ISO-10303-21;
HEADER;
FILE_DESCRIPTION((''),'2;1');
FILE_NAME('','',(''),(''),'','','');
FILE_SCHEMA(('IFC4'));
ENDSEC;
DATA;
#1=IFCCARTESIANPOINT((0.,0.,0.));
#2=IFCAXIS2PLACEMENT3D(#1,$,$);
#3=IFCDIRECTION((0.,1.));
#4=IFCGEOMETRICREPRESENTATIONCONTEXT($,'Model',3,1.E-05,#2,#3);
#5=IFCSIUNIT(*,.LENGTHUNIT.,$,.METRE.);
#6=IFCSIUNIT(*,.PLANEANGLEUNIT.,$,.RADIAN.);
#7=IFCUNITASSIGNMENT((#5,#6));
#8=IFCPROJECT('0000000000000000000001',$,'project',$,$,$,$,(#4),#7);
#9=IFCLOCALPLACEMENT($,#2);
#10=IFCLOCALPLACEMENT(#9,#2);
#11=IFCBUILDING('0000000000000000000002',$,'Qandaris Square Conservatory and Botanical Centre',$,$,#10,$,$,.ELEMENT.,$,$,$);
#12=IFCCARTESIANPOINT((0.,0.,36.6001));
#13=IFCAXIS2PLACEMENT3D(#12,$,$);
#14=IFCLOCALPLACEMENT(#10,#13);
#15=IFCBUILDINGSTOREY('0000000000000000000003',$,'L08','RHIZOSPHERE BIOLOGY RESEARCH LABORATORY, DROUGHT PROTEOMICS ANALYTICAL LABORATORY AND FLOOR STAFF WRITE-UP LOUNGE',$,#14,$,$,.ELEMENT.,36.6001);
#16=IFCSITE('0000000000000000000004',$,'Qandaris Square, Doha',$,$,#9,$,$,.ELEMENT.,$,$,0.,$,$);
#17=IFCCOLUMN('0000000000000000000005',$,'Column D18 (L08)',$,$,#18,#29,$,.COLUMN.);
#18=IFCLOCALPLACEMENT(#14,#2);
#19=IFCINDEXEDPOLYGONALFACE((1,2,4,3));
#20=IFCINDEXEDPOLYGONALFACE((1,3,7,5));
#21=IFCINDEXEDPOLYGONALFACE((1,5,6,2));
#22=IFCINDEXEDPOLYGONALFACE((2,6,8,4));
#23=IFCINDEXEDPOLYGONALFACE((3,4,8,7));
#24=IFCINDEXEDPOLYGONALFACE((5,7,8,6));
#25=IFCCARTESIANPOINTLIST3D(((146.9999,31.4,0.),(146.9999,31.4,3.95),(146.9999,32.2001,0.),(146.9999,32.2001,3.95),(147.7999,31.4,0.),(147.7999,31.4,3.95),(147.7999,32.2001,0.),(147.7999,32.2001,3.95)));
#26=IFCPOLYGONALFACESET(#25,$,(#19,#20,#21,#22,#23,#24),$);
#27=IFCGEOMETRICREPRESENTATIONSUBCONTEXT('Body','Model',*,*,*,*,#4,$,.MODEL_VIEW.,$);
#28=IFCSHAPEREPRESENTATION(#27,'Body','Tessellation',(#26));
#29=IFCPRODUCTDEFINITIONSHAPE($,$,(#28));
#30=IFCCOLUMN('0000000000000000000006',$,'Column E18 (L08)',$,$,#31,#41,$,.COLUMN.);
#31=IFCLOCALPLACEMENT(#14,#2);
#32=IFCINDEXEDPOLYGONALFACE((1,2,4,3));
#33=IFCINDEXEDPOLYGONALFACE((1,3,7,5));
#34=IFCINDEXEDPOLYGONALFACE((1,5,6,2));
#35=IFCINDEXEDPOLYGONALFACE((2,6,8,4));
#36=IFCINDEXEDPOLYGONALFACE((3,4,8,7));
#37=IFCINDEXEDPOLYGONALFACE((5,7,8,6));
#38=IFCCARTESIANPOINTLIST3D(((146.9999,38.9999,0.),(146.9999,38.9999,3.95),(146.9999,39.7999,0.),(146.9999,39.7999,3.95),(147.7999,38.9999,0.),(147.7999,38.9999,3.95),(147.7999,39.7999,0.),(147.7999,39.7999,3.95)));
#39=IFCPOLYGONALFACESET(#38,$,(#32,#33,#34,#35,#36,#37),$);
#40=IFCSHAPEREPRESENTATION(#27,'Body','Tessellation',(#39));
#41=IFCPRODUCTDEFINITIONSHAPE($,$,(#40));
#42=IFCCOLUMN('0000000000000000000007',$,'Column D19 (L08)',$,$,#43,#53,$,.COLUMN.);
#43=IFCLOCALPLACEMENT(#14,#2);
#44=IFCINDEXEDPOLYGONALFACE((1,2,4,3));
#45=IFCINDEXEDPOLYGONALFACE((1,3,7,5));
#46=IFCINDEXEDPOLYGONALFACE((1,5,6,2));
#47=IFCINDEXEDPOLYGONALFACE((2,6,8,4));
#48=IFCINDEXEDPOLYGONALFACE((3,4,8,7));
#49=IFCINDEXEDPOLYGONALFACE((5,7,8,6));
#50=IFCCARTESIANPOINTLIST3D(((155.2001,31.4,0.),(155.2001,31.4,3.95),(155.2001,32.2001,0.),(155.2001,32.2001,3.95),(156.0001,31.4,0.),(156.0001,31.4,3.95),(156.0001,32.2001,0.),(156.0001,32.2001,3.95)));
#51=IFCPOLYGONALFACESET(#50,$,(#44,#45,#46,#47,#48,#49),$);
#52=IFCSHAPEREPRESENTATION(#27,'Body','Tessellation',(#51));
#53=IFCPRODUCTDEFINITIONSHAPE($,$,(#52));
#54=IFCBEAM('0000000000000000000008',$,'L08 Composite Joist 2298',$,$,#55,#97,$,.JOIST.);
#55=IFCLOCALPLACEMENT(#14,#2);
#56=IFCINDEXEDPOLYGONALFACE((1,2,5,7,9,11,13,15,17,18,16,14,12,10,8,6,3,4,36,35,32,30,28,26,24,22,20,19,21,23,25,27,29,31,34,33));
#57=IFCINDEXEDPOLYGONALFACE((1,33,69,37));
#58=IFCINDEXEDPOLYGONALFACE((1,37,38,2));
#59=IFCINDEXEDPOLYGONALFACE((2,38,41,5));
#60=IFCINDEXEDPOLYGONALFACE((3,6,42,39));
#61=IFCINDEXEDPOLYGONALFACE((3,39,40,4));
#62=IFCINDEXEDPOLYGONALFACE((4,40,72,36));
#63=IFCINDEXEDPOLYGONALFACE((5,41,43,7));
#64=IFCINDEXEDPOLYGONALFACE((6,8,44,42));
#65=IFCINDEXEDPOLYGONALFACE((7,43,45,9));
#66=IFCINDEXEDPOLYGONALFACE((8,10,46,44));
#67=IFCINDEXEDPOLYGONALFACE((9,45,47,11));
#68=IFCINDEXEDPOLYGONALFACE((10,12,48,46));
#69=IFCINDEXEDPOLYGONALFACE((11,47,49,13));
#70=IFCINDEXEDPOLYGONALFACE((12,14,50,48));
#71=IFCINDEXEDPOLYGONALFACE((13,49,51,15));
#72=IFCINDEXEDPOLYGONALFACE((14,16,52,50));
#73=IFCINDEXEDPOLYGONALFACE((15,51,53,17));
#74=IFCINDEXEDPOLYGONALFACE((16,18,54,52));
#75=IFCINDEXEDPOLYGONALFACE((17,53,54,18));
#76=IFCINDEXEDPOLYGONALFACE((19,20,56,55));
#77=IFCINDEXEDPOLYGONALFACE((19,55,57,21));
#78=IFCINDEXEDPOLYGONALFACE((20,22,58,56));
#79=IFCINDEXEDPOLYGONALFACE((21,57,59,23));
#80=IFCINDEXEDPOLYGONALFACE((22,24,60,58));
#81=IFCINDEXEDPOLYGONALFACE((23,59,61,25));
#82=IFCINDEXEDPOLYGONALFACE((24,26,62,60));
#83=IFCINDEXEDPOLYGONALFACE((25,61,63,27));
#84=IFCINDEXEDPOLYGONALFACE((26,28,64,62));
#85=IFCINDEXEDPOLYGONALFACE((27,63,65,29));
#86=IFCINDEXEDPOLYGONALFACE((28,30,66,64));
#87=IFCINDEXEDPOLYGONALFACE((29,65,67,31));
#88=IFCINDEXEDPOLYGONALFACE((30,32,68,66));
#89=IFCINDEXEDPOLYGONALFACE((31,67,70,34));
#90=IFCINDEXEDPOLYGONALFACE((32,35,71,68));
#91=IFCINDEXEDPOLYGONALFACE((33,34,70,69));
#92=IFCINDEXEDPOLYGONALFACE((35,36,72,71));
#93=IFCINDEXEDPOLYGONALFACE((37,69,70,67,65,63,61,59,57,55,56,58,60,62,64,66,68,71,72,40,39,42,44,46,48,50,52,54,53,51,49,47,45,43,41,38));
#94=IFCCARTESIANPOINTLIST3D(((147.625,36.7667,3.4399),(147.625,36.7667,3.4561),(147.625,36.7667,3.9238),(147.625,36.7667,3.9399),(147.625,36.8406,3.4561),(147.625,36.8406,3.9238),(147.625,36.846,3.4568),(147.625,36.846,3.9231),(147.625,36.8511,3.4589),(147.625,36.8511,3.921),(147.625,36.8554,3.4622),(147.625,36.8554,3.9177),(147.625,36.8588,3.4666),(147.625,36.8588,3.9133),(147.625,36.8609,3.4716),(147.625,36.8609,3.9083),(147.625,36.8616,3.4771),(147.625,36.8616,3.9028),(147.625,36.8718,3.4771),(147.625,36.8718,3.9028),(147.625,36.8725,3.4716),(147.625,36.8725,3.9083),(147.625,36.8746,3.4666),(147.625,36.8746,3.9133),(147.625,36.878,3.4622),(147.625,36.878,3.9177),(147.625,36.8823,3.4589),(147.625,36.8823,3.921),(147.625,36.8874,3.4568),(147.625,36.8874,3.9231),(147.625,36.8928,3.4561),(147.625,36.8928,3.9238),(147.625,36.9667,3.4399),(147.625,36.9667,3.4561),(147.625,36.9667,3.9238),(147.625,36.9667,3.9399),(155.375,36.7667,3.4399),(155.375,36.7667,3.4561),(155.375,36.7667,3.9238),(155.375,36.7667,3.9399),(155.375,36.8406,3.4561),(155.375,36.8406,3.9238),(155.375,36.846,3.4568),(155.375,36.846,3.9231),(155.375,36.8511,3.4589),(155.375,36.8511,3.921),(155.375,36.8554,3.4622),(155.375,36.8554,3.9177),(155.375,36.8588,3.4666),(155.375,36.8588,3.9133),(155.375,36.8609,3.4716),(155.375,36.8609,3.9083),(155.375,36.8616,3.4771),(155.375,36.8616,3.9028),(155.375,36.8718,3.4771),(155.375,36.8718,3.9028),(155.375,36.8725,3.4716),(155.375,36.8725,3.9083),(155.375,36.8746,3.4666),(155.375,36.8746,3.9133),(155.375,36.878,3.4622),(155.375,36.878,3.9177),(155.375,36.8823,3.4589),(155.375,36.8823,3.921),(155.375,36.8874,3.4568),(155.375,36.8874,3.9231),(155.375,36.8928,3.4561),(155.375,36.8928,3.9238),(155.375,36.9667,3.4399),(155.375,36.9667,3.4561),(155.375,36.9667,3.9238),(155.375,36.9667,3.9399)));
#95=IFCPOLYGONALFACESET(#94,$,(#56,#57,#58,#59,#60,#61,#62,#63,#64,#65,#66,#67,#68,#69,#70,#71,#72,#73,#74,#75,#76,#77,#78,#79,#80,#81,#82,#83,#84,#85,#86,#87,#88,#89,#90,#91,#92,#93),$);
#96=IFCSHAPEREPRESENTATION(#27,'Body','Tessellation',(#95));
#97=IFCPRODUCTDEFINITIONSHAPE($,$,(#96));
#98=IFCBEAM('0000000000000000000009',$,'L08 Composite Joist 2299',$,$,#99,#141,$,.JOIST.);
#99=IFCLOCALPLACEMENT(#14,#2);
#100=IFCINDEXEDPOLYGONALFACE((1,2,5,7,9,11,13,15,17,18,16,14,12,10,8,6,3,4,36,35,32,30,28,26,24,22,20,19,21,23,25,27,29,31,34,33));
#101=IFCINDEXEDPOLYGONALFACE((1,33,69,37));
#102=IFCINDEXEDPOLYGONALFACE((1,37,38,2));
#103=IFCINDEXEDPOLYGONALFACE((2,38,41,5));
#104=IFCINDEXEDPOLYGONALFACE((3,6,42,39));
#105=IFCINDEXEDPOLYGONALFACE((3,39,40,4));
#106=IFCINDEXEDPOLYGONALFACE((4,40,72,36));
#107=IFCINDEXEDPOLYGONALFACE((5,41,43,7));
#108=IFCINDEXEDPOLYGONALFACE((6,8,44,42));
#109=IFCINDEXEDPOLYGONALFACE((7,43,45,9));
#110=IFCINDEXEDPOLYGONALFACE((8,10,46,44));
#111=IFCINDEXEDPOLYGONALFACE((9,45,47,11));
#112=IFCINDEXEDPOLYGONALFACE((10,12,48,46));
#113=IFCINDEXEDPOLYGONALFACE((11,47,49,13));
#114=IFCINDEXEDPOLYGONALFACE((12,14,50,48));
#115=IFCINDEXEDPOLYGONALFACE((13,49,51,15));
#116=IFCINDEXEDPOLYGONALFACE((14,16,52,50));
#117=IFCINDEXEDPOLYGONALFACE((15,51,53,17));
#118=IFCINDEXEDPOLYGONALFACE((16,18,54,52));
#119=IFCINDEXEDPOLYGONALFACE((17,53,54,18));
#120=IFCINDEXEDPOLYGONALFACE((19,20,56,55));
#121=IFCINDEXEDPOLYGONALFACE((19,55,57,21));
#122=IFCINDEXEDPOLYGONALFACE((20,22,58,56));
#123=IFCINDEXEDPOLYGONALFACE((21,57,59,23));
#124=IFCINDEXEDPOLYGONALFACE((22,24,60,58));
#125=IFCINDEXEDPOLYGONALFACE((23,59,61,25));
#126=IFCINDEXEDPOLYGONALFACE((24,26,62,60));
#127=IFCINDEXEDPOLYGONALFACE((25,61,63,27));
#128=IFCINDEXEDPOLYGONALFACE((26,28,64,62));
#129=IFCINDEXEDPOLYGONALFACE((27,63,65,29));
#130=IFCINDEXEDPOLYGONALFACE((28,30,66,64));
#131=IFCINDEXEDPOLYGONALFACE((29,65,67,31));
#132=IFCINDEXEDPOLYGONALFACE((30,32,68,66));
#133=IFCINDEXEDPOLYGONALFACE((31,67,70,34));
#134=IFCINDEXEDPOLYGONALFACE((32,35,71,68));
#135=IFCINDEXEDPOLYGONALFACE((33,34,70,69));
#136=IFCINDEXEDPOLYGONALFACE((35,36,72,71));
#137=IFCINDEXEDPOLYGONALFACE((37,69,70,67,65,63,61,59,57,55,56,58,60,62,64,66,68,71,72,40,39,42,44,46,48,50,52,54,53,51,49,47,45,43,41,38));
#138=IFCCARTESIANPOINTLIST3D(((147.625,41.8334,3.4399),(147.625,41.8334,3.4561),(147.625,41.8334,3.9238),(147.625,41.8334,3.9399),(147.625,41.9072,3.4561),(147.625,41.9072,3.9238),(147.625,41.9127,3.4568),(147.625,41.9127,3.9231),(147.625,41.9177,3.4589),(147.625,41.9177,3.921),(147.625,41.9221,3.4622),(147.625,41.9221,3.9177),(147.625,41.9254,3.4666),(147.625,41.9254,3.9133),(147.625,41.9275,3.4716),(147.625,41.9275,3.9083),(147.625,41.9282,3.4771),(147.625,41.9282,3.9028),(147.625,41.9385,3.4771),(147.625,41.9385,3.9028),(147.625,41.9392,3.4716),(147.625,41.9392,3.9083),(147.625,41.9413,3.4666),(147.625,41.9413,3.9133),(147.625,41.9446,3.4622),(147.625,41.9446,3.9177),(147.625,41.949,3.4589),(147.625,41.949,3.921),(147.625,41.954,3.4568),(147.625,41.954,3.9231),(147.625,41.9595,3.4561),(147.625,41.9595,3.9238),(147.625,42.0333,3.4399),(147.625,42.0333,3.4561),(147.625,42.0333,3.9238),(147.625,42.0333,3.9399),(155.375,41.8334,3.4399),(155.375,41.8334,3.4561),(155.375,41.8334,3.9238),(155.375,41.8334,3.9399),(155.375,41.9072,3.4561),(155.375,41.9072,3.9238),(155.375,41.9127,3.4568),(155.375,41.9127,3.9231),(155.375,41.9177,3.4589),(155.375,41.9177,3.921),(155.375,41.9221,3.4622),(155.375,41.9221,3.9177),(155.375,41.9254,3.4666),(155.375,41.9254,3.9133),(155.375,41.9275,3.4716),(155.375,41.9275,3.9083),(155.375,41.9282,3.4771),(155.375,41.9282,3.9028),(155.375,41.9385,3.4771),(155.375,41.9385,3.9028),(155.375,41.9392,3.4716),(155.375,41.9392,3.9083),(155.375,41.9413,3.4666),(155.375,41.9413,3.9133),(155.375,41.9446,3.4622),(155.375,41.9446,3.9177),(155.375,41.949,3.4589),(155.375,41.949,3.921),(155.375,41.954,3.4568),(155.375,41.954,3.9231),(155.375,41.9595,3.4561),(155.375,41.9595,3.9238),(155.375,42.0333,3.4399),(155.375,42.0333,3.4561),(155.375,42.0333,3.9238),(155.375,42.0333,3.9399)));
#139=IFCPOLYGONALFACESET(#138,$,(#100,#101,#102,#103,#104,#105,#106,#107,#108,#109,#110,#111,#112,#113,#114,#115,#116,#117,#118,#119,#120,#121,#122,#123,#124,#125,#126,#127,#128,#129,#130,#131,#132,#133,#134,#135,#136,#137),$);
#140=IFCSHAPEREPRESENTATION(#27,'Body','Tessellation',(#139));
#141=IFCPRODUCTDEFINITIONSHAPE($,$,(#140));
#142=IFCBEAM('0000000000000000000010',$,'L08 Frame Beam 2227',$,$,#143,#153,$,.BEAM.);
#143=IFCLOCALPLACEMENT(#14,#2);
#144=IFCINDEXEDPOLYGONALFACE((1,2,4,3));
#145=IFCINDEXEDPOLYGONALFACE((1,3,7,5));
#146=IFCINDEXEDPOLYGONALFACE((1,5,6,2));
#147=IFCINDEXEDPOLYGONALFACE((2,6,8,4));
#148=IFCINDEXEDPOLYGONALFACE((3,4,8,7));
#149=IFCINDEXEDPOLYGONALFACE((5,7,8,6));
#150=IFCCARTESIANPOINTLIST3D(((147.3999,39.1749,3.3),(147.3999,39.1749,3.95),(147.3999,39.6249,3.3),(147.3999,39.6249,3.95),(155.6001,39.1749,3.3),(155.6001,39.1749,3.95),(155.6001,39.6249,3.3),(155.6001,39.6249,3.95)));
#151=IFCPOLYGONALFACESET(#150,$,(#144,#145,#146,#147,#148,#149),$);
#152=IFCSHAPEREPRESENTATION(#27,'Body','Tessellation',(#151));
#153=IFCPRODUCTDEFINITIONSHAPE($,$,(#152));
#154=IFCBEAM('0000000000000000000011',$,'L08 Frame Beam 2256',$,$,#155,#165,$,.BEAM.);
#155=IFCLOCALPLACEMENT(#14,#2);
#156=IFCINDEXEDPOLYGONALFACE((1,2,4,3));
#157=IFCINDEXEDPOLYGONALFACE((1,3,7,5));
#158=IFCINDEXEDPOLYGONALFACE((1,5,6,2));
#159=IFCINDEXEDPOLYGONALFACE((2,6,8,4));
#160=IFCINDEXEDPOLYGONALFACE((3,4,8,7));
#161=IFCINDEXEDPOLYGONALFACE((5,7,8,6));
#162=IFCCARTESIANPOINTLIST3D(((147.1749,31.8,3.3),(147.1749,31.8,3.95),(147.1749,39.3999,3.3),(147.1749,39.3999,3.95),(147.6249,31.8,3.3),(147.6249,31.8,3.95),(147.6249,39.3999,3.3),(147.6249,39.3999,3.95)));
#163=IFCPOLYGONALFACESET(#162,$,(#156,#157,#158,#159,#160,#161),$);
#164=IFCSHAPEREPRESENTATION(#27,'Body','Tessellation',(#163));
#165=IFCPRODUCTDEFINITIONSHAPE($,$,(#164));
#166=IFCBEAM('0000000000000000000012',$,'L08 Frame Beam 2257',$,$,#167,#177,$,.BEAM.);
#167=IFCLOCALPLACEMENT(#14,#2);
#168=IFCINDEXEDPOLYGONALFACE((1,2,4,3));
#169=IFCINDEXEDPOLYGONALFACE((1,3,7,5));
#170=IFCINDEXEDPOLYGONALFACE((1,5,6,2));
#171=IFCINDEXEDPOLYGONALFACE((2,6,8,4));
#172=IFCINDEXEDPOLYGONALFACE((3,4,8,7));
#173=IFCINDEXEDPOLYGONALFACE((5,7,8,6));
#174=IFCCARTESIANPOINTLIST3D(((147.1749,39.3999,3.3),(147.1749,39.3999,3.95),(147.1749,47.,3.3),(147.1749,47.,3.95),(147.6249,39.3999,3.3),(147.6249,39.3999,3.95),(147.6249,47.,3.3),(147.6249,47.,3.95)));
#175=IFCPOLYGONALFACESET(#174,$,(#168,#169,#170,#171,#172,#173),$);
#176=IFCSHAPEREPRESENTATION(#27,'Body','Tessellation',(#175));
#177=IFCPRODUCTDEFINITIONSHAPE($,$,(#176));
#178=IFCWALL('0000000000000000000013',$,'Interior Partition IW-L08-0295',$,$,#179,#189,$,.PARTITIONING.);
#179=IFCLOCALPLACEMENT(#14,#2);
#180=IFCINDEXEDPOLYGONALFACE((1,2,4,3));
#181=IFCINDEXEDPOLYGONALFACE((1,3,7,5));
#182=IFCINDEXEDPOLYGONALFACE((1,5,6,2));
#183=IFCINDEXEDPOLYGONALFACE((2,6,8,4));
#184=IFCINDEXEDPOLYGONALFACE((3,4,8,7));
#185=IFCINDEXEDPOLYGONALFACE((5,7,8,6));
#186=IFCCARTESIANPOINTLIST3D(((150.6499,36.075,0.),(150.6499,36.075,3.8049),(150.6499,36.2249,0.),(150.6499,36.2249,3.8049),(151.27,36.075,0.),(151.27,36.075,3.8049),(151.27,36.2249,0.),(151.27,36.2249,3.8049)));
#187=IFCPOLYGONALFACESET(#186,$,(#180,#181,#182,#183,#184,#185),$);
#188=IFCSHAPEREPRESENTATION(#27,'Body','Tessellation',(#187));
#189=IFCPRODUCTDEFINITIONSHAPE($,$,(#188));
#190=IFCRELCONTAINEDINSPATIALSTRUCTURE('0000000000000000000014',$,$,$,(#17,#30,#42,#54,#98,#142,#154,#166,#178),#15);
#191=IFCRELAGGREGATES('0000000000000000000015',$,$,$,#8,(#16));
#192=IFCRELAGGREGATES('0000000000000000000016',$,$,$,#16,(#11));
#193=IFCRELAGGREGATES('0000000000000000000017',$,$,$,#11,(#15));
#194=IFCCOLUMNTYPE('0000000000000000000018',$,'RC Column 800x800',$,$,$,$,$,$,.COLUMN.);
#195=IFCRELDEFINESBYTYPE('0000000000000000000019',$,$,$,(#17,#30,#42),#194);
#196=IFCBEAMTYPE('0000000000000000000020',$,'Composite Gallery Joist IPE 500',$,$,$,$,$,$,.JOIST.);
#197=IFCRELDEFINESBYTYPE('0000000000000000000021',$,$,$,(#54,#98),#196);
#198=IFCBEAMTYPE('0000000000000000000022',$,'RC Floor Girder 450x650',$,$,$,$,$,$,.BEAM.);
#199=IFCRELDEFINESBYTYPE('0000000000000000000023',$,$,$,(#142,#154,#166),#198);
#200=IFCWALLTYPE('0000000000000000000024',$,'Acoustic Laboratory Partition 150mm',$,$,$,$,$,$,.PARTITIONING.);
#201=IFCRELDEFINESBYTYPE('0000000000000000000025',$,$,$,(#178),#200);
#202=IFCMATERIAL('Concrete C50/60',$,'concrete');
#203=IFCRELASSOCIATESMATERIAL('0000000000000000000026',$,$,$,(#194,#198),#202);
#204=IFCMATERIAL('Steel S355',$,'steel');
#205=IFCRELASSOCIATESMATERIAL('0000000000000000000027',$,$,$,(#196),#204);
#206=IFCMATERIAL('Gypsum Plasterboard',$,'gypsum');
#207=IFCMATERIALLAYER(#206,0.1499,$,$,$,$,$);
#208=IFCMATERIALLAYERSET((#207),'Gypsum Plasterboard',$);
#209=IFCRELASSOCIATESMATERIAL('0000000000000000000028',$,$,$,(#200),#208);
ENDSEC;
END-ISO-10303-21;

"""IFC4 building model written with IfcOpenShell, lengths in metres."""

from ifc_helpers import new_model, si_unit, direction, frame, frame_2d, origin, origin_2d, place, context, subcontext, project, spatial, rectangle, i_section, extrude, material, layer, layer_set, material_profile, profile_set, type_object, element, save


model = new_model("IFC4")

# Units and contexts
model_context = context("Model", 3, precision=1e-05, world=origin(), true_north=direction((0.0, 1.0)))
body_context = subcontext(model_context, "Body", "Model", "MODEL_VIEW")
ifc_project = project(units=[si_unit("LENGTHUNIT", "METRE"), si_unit("PLANEANGLEUNIT", "RADIAN")], contexts=[model_context])

# Site, building, storey
site_placement = place(None, origin())
site = spatial("IfcSite", under=ifc_project, at=site_placement, Name="Qandaris Square, Doha", CompositionType="ELEMENT", RefElevation=0.0)
building_placement = place(site_placement, origin())
building = spatial("IfcBuilding", under=site, at=building_placement, Name="Qandaris Square Conservatory and Botanical Centre", CompositionType="ELEMENT")
storey_placement = place(building_placement, frame((0.0, 0.0, 36.6001)))
storey = spatial("IfcBuildingStorey", under=building, at=storey_placement, Name="L08", Description="RHIZOSPHERE BIOLOGY RESEARCH LABORATORY, DROUGHT PROTEOMICS ANALYTICAL LABORATORY AND FLOOR STAFF WRITE-UP LOUNGE", CompositionType="ELEMENT", Elevation=36.6001)

# Columns
ifc_material_1 = material(Name="Concrete C50/60", Category="concrete")
ifc_material_profile_1 = material_profile(ifc_material_1, rectangle(XDim=0.8, YDim=0.8, at=origin_2d()), Name="RC-COL 800x800")
ifc_profile_set_1 = profile_set([ifc_material_profile_1], Name="Concrete C50/60")
column_type = type_object("IfcColumnType", Name="RC Column 800x800", PredefinedType="COLUMN", material=ifc_profile_set_1)
for number, where, z_axis, x_axis, name in (
    (1, (147.3999, 31.8, 0.0), (0.0, 0.0, 1.0), (1.0, 0.0, 0.0), "Column D18 (L08)"),
    (2, (147.3999, 39.3999, 0.0), (0.0, 0.0, 1.0), (1.0, 0.0, 0.0), "Column E18 (L08)"),
    (3, (155.6001, 31.8, 0.0), (0.0, 0.0, 1.0), (1.0, 0.0, 0.0), "Column D19 (L08)"),
):
    element("IfcColumn", number, at=place(storey_placement, frame(where, z_axis=z_axis, x_axis=x_axis)), inside=storey, type_object=column_type, Name=name, PredefinedType="COLUMN", context=body_context, shape_type="SweptSolid", body=[
        extrude(rectangle(XDim=0.8, YDim=0.8, at=origin_2d()), origin(), (0.0, 0.0, 1.0), 3.95),
    ])

# Beams
ifc_material_2 = material(Name="Steel S355", Category="steel")
ifc_material_profile_2 = material_profile(ifc_material_2, i_section(OverallWidth=0.2, OverallDepth=0.5, WebThickness=0.0103, FlangeThickness=0.0161, FilletRadius=0.021, at=origin_2d()), Name="IPE 500")
ifc_profile_set_2 = profile_set([ifc_material_profile_2], Name="Steel S355")
beam_type_1 = type_object("IfcBeamType", Name="Composite Gallery Joist IPE 500", PredefinedType="JOIST", material=ifc_profile_set_2)
for number, where, z_axis, x_axis, name in (
    (4, (147.625, 36.8667, 3.6899), (1.0, 0.0, 0.0), (0.0, 1.0, 0.0), "L08 Composite Joist 2298"),
    (5, (147.625, 41.9333, 3.6899), (1.0, 0.0, 0.0), (0.0, 1.0, 0.0), "L08 Composite Joist 2299"),
):
    element("IfcBeam", number, at=place(storey_placement, frame(where, z_axis=z_axis, x_axis=x_axis)), inside=storey, type_object=beam_type_1, Name=name, PredefinedType="JOIST", context=body_context, shape_type="SweptSolid", body=[
        extrude(i_section(OverallWidth=0.2, OverallDepth=0.5, WebThickness=0.0103, FlangeThickness=0.0161, FilletRadius=0.021, at=origin_2d()), origin(), (0.0, 0.0, 1.0), 7.75),
    ])
ifc_material_profile_3 = material_profile(ifc_material_1, rectangle(XDim=0.45, YDim=0.6499, at=origin_2d()), Name="RC-BM 450x650")
ifc_profile_set_3 = profile_set([ifc_material_profile_3], Name="Concrete C50/60")
beam_type_2 = type_object("IfcBeamType", Name="RC Floor Girder 450x650", PredefinedType="BEAM", material=ifc_profile_set_3)
beam_1_placement = place(storey_placement, frame((147.3999, 39.3999, 3.625), z_axis=(1.0, 0.0, 0.0), x_axis=(0.0, 1.0, 0.0)))
element("IfcBeam", 6, at=beam_1_placement, inside=storey, type_object=beam_type_2, Name="L08 Frame Beam 2227", PredefinedType="BEAM", context=body_context, shape_type="SweptSolid", body=[
    extrude(rectangle(XDim=0.45, YDim=0.6499, at=origin_2d()), origin(), (0.0, 0.0, 1.0), 8.2002),
])
beam_2_placement = place(storey_placement, frame((147.3999, 31.8, 3.625), z_axis=(0.0, 1.0, 0.0), x_axis=(-1.0, 0.0, 0.0)))
element("IfcBeam", 7, at=beam_2_placement, inside=storey, type_object=beam_type_2, Name="L08 Frame Beam 2256", PredefinedType="BEAM", context=body_context, shape_type="SweptSolid", body=[
    extrude(rectangle(XDim=0.45, YDim=0.6499, at=origin_2d()), origin(), (0.0, 0.0, 1.0), 7.5999),
])
beam_3_placement = place(storey_placement, frame((147.3999, 39.3999, 3.625), z_axis=(0.0, 1.0, 0.0), x_axis=(-1.0, 0.0, 0.0)))
element("IfcBeam", 8, at=beam_3_placement, inside=storey, type_object=beam_type_2, Name="L08 Frame Beam 2257", PredefinedType="BEAM", context=body_context, shape_type="SweptSolid", body=[
    extrude(rectangle(XDim=0.45, YDim=0.6499, at=origin_2d()), origin(), (0.0, 0.0, 1.0), 7.6001),
])

# Wall
ifc_material_3 = material(Name="Gypsum Plasterboard", Category="gypsum")
ifc_layer_1 = layer(ifc_material_3, 0.1499)
ifc_layer_set_1 = layer_set([ifc_layer_1], Name="Gypsum Plasterboard")
wall_type_1 = type_object("IfcWallType", Name="Acoustic Laboratory Partition 150mm", PredefinedType="PARTITIONING", material=ifc_layer_set_1)
wall_1_placement = place(storey_placement, frame((150.6499, 36.1499, 0.0), z_axis=(0.0, 0.0, 1.0), x_axis=(1.0, 0.0, 0.0)))
element("IfcWall", 9, at=wall_1_placement, inside=storey, type_object=wall_type_1, Name="Interior Partition IW-L08-0295", PredefinedType="PARTITIONING", context=body_context, shape_type="SweptSolid", body=[
    extrude(rectangle(XDim=0.6201, YDim=0.1499, at=frame_2d((0.3101, 0.0))), origin(), (0.0, 0.0, 1.0), 3.8049),
])

save(model, "model.ifc")
